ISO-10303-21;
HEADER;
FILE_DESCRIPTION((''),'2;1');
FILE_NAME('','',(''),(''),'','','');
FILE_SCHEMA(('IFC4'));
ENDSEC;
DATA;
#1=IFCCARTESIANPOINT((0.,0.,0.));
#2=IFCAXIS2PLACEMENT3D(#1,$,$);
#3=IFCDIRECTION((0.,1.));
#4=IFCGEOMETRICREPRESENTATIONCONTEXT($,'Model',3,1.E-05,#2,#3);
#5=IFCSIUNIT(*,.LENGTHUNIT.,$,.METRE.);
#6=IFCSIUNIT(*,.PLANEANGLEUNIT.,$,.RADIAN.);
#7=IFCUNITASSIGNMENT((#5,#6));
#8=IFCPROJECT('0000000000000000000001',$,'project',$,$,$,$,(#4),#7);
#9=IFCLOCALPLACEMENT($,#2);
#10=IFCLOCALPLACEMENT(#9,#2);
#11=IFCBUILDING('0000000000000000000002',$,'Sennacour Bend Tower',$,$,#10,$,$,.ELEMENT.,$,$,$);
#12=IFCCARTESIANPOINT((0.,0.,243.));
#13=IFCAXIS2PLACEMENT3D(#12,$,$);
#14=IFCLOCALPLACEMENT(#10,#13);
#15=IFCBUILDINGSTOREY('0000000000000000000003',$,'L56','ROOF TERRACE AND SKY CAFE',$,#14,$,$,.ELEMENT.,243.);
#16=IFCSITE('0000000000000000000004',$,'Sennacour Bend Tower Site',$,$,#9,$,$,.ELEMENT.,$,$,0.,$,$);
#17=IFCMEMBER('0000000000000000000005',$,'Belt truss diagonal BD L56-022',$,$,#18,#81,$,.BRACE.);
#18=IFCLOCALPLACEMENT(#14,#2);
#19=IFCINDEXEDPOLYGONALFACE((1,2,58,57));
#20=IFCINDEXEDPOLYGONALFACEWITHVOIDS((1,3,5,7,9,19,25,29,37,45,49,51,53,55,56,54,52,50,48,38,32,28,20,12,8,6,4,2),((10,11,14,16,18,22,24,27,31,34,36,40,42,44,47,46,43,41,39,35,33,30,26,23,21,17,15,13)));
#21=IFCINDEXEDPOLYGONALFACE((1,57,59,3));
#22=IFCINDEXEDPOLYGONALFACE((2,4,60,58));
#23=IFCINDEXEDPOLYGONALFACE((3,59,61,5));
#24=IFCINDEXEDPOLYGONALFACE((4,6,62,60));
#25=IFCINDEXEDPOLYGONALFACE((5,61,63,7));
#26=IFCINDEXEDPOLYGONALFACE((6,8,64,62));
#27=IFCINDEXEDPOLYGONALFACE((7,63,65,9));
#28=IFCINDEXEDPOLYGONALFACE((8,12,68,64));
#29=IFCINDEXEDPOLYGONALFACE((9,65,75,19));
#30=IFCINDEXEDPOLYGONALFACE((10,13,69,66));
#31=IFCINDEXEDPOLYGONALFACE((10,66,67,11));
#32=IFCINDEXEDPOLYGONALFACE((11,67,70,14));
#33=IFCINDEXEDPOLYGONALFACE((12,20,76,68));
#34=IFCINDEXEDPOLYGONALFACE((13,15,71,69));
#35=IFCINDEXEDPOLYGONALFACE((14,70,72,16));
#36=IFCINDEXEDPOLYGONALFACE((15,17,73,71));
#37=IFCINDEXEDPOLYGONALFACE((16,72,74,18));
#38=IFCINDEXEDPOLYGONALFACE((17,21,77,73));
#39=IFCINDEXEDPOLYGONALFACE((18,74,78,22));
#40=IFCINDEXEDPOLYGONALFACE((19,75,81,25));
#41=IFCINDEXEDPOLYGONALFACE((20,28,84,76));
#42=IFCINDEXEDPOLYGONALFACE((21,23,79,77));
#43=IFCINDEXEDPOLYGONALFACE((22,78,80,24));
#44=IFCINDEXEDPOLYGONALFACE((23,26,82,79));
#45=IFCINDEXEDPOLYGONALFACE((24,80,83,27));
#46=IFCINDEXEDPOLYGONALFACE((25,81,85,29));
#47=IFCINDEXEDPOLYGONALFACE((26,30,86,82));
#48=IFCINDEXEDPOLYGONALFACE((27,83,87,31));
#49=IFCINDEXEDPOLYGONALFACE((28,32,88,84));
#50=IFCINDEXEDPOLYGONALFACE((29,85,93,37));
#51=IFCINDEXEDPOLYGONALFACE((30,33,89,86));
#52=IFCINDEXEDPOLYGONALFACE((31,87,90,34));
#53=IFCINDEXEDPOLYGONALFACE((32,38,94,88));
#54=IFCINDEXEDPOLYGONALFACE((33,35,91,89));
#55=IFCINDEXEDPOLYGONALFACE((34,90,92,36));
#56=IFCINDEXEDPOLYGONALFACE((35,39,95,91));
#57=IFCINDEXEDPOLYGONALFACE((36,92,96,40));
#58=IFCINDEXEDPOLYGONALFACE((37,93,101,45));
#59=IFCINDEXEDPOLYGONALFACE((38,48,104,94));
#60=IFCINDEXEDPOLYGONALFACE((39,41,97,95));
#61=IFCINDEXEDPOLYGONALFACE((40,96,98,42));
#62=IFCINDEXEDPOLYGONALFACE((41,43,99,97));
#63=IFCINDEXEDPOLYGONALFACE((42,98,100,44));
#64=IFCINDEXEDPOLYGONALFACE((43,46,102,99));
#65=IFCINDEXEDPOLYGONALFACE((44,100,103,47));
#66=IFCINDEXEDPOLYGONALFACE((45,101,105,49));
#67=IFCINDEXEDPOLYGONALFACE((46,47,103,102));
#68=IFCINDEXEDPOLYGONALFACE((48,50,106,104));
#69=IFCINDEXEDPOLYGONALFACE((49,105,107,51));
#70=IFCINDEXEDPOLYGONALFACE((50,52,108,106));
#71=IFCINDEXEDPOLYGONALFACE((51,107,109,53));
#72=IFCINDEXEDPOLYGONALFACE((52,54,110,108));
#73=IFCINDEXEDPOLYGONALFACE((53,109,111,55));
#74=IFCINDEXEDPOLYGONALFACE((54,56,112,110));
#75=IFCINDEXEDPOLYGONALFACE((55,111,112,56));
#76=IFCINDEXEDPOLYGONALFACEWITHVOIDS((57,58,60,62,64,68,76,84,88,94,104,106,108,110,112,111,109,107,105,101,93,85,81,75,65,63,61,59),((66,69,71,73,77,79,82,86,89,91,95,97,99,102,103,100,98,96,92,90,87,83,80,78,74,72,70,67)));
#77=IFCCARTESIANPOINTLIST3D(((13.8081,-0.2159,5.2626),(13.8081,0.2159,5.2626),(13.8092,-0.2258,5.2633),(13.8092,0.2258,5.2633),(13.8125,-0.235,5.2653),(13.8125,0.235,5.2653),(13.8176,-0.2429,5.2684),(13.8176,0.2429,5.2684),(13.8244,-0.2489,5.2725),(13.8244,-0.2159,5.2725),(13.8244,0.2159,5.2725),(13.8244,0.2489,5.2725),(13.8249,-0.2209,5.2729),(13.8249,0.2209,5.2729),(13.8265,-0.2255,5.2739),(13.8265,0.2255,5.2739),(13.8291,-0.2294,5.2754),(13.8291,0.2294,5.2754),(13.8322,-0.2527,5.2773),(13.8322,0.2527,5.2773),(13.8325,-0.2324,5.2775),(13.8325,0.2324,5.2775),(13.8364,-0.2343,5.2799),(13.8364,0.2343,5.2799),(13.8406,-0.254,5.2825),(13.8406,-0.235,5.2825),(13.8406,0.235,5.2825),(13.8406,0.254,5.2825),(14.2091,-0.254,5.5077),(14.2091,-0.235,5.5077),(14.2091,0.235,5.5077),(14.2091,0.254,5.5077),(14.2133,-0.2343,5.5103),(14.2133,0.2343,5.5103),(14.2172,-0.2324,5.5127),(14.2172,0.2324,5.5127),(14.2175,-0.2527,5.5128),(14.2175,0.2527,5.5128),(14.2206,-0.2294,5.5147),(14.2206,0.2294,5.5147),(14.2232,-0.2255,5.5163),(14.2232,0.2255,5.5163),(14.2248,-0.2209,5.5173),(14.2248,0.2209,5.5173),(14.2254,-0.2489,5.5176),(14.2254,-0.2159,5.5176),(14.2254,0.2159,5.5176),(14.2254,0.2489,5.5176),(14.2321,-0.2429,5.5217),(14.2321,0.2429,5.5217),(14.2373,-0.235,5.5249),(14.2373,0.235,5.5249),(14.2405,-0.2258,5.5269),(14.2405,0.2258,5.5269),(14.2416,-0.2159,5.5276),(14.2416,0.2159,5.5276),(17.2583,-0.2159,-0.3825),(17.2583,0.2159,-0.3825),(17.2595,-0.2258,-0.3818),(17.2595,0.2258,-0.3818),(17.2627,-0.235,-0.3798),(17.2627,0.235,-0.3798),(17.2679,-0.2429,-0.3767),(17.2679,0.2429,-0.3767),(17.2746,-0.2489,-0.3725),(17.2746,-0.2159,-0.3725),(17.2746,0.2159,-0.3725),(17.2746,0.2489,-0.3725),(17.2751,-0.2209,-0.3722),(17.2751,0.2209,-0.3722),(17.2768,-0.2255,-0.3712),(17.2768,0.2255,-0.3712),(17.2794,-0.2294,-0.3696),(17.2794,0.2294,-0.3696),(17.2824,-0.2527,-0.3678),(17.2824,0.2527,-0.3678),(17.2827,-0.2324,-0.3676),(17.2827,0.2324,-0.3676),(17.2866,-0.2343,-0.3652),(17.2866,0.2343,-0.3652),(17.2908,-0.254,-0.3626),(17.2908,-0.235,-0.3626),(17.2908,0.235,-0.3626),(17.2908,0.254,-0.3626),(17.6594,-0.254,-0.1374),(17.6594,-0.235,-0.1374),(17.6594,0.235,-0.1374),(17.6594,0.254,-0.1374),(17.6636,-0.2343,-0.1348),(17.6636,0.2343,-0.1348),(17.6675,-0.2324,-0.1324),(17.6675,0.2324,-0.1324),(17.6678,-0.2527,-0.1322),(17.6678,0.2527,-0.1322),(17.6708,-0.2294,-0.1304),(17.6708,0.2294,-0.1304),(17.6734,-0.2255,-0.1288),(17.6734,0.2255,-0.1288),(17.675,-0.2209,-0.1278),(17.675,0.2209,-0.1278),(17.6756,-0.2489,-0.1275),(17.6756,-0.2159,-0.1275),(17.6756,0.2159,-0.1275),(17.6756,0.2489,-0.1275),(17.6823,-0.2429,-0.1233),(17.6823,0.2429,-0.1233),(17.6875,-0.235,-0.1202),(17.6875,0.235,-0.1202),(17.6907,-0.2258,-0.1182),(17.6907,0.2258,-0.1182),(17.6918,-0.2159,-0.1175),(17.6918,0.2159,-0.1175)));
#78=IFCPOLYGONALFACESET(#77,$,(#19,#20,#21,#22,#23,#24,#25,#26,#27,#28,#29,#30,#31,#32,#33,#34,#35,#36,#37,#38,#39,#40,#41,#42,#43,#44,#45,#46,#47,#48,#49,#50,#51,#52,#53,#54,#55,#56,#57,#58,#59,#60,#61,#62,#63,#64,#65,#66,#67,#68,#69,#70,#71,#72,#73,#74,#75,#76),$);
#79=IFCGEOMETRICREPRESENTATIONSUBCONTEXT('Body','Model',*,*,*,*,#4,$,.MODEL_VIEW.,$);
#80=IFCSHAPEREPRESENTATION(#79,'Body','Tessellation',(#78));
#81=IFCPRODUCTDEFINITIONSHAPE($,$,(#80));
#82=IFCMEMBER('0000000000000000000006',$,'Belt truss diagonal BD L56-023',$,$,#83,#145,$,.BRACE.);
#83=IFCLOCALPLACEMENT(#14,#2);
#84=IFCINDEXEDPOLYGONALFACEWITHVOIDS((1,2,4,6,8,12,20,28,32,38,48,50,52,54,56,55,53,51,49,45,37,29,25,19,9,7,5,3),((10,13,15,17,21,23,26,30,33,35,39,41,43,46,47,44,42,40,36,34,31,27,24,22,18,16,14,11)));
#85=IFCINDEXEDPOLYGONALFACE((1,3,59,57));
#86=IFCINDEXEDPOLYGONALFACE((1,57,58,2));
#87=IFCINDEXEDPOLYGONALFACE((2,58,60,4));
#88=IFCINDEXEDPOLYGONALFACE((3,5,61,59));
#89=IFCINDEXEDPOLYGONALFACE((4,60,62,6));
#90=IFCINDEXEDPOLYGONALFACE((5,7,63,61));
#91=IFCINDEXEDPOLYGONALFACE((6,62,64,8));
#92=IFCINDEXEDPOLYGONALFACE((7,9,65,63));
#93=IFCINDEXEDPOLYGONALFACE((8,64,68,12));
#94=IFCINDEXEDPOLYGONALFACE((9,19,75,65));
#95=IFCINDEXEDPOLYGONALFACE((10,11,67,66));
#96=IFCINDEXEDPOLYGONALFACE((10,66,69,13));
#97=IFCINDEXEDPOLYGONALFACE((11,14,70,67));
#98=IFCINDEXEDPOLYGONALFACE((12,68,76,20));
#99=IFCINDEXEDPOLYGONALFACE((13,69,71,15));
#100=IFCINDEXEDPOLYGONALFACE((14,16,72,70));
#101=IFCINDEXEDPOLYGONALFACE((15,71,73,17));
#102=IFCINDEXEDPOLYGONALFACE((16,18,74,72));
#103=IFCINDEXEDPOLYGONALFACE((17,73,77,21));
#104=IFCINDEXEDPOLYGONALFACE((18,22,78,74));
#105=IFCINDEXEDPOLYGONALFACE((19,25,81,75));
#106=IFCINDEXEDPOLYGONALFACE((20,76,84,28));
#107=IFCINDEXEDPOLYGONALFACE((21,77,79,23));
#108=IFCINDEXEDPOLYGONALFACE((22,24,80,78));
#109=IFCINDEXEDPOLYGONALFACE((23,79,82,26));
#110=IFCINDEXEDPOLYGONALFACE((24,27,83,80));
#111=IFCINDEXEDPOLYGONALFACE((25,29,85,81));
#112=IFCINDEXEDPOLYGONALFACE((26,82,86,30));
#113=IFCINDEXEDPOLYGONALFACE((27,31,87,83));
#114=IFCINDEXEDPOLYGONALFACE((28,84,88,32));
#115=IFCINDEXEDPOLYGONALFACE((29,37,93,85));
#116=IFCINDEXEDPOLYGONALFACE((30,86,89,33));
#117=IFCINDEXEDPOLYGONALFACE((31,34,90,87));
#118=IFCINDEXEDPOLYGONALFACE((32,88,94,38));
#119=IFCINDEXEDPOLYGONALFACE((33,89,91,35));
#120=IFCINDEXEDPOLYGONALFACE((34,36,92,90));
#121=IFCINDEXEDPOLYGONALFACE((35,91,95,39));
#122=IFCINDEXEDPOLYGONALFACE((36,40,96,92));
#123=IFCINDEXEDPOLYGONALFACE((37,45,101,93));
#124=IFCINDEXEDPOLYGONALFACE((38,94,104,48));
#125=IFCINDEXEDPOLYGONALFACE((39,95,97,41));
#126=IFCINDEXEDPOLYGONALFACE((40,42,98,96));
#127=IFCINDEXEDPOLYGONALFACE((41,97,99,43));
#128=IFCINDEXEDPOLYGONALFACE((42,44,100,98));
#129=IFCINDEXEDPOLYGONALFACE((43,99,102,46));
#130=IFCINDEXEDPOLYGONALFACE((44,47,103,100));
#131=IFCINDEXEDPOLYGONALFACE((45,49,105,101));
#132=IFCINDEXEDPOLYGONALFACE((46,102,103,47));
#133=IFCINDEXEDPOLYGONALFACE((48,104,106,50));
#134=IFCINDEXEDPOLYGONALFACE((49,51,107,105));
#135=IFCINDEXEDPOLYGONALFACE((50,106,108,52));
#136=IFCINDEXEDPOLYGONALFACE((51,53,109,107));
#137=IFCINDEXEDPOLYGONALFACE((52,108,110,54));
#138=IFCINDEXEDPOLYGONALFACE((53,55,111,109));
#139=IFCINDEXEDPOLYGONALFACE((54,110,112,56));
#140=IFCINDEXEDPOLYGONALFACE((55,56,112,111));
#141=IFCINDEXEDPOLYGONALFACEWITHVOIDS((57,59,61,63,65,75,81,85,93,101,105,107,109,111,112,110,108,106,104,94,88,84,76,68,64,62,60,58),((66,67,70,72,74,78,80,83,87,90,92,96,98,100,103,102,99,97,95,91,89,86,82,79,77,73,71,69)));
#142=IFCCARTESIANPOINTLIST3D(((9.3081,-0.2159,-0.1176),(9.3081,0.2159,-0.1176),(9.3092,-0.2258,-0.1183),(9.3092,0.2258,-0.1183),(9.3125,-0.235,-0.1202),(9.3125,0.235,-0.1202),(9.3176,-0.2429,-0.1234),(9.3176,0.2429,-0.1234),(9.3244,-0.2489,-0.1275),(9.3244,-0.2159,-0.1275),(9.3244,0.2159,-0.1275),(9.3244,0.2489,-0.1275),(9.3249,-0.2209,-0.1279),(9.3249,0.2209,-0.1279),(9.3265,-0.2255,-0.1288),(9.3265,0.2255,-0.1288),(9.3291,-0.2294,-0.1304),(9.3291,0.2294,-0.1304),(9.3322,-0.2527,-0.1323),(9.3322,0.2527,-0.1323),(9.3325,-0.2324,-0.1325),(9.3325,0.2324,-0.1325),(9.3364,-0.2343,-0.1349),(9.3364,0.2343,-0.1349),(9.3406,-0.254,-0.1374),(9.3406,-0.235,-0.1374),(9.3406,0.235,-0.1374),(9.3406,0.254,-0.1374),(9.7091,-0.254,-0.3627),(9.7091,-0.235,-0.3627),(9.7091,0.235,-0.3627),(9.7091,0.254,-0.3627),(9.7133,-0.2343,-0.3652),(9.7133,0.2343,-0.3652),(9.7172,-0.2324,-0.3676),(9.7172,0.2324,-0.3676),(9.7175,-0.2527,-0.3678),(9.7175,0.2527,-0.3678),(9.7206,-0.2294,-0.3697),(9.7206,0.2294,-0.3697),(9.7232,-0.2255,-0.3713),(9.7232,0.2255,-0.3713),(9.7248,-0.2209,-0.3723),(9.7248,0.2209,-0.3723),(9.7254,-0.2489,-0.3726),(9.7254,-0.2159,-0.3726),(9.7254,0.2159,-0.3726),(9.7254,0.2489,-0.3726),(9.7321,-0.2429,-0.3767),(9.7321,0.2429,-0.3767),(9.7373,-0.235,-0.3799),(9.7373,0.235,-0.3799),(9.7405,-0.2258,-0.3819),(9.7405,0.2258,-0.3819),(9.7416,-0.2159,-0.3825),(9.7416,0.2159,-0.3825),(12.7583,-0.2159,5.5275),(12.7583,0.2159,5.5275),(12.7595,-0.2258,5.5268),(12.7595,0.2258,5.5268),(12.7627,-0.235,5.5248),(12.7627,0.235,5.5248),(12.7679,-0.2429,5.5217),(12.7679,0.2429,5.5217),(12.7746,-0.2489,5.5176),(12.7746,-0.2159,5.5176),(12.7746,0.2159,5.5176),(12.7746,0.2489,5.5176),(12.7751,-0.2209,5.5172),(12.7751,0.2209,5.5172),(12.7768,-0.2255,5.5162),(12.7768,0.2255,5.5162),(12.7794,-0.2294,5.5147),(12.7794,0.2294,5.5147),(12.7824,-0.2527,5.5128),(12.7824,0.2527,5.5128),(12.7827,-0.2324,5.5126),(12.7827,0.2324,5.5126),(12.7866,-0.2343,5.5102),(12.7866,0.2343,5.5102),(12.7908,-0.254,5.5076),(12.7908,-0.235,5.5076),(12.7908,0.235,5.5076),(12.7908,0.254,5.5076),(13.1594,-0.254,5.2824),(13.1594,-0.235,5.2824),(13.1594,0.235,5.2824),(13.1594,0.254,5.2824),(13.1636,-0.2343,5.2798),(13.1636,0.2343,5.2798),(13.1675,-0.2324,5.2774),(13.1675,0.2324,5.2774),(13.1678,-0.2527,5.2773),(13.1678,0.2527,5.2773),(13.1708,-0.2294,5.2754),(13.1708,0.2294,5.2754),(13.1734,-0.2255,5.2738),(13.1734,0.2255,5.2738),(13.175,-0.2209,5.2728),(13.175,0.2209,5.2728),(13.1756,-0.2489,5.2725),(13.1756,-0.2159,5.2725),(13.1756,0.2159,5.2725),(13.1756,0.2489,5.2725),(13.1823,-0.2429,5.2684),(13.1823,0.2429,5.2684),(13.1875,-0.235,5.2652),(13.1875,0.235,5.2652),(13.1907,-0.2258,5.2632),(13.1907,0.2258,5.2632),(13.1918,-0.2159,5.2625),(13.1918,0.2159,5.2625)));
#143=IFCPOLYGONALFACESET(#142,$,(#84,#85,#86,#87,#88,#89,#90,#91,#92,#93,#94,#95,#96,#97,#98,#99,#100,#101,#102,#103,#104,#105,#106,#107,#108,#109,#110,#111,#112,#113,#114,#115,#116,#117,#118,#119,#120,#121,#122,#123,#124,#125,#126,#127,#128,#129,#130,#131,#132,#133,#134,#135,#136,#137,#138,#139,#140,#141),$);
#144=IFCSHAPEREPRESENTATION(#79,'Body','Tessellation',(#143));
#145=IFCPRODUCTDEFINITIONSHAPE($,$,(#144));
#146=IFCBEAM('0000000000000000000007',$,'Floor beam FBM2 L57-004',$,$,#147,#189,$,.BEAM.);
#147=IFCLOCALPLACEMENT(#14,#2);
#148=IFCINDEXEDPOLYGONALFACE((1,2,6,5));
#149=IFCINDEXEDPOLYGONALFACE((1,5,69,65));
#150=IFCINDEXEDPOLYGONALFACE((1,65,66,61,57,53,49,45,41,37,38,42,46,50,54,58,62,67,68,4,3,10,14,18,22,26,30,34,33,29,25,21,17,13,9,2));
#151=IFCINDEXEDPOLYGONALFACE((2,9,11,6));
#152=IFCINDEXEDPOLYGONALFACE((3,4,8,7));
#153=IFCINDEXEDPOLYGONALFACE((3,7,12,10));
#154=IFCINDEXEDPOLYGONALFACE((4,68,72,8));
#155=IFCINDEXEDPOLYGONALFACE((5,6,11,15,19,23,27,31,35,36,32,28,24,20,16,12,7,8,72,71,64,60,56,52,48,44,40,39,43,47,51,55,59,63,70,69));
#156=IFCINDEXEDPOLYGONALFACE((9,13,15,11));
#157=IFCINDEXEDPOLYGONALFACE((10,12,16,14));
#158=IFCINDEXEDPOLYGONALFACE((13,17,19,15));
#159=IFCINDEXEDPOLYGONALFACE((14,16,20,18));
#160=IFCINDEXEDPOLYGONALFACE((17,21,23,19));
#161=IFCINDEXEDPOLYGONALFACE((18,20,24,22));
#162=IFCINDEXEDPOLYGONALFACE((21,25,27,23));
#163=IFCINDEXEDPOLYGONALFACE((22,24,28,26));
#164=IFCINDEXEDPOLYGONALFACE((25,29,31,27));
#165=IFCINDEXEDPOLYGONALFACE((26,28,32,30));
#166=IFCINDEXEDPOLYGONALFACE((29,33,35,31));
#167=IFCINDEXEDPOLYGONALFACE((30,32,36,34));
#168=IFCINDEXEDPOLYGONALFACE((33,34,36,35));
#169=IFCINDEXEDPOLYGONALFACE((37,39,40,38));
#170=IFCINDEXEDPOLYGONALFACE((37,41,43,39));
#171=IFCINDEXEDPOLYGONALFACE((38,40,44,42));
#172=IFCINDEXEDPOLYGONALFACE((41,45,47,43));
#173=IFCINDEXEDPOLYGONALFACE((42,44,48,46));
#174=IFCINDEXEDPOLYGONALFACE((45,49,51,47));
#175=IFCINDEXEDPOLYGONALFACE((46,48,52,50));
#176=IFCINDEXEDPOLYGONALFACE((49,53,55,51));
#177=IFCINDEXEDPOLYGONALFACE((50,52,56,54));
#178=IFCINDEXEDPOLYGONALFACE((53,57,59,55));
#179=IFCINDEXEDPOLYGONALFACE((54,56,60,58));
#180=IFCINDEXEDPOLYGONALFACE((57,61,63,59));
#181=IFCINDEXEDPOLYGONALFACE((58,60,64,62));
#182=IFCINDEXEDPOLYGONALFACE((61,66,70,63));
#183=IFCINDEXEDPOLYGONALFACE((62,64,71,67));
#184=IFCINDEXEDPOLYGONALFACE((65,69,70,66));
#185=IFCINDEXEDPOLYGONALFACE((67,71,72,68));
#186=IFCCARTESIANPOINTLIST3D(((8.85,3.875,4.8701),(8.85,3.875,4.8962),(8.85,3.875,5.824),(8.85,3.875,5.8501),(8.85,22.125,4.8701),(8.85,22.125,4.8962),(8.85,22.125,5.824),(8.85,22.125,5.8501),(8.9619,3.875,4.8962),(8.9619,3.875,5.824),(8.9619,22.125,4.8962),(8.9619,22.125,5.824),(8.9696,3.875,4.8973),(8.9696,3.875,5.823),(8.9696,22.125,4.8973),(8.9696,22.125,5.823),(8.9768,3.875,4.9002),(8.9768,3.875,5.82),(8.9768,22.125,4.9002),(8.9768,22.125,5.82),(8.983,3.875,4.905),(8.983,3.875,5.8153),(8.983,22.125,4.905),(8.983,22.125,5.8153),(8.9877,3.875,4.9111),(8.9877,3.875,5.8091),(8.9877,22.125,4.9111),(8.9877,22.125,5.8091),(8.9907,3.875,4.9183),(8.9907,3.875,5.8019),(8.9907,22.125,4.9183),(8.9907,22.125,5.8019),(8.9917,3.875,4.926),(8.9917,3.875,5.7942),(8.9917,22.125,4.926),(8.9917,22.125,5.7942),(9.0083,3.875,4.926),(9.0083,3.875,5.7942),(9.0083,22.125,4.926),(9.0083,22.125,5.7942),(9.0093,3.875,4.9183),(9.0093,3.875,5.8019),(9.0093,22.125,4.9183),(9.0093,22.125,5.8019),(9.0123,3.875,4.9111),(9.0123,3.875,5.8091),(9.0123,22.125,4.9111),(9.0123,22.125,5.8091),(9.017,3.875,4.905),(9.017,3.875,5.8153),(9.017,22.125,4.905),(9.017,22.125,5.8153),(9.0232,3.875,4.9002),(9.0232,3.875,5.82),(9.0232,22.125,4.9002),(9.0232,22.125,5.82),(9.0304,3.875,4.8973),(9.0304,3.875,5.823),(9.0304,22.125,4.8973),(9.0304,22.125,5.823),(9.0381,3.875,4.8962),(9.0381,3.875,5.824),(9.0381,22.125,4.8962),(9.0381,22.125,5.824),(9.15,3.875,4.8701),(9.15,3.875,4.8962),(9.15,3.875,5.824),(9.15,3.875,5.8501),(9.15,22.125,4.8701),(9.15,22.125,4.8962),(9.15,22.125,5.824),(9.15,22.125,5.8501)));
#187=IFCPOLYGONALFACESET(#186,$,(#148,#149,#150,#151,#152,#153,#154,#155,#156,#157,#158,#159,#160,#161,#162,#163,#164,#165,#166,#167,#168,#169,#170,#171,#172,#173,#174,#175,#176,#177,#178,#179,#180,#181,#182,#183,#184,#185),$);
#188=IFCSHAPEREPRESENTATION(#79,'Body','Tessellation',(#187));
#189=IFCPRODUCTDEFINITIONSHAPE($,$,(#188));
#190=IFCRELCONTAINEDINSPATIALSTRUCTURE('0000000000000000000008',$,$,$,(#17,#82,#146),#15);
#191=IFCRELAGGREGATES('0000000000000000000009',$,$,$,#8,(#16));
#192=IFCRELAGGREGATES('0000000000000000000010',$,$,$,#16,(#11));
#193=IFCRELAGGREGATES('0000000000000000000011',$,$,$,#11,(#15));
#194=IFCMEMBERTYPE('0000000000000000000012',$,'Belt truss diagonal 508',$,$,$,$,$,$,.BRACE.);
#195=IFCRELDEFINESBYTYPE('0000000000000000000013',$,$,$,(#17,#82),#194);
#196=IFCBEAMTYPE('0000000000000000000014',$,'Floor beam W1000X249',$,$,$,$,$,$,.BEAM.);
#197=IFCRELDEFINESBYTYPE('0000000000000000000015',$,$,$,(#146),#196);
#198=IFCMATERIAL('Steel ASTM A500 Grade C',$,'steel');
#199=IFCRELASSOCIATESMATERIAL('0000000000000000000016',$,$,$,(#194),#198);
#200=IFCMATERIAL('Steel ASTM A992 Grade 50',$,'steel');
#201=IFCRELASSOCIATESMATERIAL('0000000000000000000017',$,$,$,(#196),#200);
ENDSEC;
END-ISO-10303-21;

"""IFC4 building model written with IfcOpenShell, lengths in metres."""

from ifc_helpers import new_model, si_unit, direction, frame, origin, origin_2d, place, context, subcontext, project, spatial, hollow_rectangle, i_section, extrude, material, material_profile, profile_set, type_object, element, save


model = new_model("IFC4")

# Units and contexts
model_context = context("Model", 3, precision=1e-05, world=origin(), true_north=direction((0.0, 1.0)))
body_context = subcontext(model_context, "Body", "Model", "MODEL_VIEW")
ifc_project = project(units=[si_unit("LENGTHUNIT", "METRE"), si_unit("PLANEANGLEUNIT", "RADIAN")], contexts=[model_context])

# Site, building, storey
site_placement = place(None, origin())
site = spatial("IfcSite", under=ifc_project, at=site_placement, Name="Sennacour Bend Tower Site", CompositionType="ELEMENT", RefElevation=0.0)
building_placement = place(site_placement, origin())
building = spatial("IfcBuilding", under=site, at=building_placement, Name="Sennacour Bend Tower", CompositionType="ELEMENT")
storey_placement = place(building_placement, frame((0.0, 0.0, 243.0)))
storey = spatial("IfcBuildingStorey", under=building, at=storey_placement, Name="L56", Description="ROOF TERRACE AND SKY CAFE", CompositionType="ELEMENT", Elevation=243.0)

# Members
ifc_material_1 = material(Name="Steel ASTM A992 Grade 50", Category="steel")
ifc_material_2 = material(Name="Steel ASTM A500 Grade C", Category="steel")
ifc_material_profile_1 = material_profile(ifc_material_2, hollow_rectangle(XDim=0.5081, YDim=0.5081, WallThickness=0.019, InnerFilletRadius=0.019, OuterFilletRadius=0.0381, at=origin_2d()), Name="Steel ASTM A500 Grade C", Category="steel")
ifc_profile_set_1 = profile_set([ifc_material_profile_1], Name="Steel ASTM A500 Grade C")
member_type_1 = type_object("IfcMemberType", Name="Belt truss diagonal 508", PredefinedType="BRACE", material=ifc_profile_set_1)
for number, where, z_axis, x_axis, name in (
    (1, (17.4751, 0.0, -0.25), (-0.521501, 0.0, 0.853251), (0.0, -1.0, 0.0), "Belt truss diagonal BD L56-022"),
    (2, (12.9751, 0.0, 5.395), (-0.521501, 0.0, -0.853251), (0.0, -1.0, 0.0), "Belt truss diagonal BD L56-023"),
):
    element("IfcMember", number, at=place(storey_placement, frame(where, z_axis=z_axis, x_axis=x_axis)), inside=storey, type_object=member_type_1, Name=name, PredefinedType="BRACE", context=body_context, shape_type="SweptSolid", body=[
        extrude(hollow_rectangle(XDim=0.5081, YDim=0.5081, WallThickness=0.019, InnerFilletRadius=0.019, OuterFilletRadius=0.0381, at=origin_2d()), origin(), (0.0, 0.0, 1.0), 6.616),
    ])

# Beam
ifc_material_profile_2 = material_profile(ifc_material_1, i_section(OverallWidth=0.3, OverallDepth=0.98, WebThickness=0.0166, FlangeThickness=0.0261, FilletRadius=0.0298, at=origin_2d()), Name="Steel ASTM A992 Grade 50", Category="steel")
ifc_profile_set_2 = profile_set([ifc_material_profile_2], Name="Steel ASTM A992 Grade 50")
beam_type = type_object("IfcBeamType", Name="Floor beam W1000X249", PredefinedType="BEAM", material=ifc_profile_set_2)
beam_1_placement = place(storey_placement, frame((9.0, 3.875, 5.3601), z_axis=(0.0, 1.0, 0.0), x_axis=(-1.0, 0.0, 0.0)))
element("IfcBeam", 3, at=beam_1_placement, inside=storey, type_object=beam_type, Name="Floor beam FBM2 L57-004", PredefinedType="BEAM", context=body_context, shape_type="SweptSolid", body=[
    extrude(i_section(OverallWidth=0.3, OverallDepth=0.98, WebThickness=0.0166, FlangeThickness=0.0261, FilletRadius=0.0298, at=origin_2d()), origin(), (0.0, 0.0, 1.0), 18.25),
])

save(model, "model.ifc")
